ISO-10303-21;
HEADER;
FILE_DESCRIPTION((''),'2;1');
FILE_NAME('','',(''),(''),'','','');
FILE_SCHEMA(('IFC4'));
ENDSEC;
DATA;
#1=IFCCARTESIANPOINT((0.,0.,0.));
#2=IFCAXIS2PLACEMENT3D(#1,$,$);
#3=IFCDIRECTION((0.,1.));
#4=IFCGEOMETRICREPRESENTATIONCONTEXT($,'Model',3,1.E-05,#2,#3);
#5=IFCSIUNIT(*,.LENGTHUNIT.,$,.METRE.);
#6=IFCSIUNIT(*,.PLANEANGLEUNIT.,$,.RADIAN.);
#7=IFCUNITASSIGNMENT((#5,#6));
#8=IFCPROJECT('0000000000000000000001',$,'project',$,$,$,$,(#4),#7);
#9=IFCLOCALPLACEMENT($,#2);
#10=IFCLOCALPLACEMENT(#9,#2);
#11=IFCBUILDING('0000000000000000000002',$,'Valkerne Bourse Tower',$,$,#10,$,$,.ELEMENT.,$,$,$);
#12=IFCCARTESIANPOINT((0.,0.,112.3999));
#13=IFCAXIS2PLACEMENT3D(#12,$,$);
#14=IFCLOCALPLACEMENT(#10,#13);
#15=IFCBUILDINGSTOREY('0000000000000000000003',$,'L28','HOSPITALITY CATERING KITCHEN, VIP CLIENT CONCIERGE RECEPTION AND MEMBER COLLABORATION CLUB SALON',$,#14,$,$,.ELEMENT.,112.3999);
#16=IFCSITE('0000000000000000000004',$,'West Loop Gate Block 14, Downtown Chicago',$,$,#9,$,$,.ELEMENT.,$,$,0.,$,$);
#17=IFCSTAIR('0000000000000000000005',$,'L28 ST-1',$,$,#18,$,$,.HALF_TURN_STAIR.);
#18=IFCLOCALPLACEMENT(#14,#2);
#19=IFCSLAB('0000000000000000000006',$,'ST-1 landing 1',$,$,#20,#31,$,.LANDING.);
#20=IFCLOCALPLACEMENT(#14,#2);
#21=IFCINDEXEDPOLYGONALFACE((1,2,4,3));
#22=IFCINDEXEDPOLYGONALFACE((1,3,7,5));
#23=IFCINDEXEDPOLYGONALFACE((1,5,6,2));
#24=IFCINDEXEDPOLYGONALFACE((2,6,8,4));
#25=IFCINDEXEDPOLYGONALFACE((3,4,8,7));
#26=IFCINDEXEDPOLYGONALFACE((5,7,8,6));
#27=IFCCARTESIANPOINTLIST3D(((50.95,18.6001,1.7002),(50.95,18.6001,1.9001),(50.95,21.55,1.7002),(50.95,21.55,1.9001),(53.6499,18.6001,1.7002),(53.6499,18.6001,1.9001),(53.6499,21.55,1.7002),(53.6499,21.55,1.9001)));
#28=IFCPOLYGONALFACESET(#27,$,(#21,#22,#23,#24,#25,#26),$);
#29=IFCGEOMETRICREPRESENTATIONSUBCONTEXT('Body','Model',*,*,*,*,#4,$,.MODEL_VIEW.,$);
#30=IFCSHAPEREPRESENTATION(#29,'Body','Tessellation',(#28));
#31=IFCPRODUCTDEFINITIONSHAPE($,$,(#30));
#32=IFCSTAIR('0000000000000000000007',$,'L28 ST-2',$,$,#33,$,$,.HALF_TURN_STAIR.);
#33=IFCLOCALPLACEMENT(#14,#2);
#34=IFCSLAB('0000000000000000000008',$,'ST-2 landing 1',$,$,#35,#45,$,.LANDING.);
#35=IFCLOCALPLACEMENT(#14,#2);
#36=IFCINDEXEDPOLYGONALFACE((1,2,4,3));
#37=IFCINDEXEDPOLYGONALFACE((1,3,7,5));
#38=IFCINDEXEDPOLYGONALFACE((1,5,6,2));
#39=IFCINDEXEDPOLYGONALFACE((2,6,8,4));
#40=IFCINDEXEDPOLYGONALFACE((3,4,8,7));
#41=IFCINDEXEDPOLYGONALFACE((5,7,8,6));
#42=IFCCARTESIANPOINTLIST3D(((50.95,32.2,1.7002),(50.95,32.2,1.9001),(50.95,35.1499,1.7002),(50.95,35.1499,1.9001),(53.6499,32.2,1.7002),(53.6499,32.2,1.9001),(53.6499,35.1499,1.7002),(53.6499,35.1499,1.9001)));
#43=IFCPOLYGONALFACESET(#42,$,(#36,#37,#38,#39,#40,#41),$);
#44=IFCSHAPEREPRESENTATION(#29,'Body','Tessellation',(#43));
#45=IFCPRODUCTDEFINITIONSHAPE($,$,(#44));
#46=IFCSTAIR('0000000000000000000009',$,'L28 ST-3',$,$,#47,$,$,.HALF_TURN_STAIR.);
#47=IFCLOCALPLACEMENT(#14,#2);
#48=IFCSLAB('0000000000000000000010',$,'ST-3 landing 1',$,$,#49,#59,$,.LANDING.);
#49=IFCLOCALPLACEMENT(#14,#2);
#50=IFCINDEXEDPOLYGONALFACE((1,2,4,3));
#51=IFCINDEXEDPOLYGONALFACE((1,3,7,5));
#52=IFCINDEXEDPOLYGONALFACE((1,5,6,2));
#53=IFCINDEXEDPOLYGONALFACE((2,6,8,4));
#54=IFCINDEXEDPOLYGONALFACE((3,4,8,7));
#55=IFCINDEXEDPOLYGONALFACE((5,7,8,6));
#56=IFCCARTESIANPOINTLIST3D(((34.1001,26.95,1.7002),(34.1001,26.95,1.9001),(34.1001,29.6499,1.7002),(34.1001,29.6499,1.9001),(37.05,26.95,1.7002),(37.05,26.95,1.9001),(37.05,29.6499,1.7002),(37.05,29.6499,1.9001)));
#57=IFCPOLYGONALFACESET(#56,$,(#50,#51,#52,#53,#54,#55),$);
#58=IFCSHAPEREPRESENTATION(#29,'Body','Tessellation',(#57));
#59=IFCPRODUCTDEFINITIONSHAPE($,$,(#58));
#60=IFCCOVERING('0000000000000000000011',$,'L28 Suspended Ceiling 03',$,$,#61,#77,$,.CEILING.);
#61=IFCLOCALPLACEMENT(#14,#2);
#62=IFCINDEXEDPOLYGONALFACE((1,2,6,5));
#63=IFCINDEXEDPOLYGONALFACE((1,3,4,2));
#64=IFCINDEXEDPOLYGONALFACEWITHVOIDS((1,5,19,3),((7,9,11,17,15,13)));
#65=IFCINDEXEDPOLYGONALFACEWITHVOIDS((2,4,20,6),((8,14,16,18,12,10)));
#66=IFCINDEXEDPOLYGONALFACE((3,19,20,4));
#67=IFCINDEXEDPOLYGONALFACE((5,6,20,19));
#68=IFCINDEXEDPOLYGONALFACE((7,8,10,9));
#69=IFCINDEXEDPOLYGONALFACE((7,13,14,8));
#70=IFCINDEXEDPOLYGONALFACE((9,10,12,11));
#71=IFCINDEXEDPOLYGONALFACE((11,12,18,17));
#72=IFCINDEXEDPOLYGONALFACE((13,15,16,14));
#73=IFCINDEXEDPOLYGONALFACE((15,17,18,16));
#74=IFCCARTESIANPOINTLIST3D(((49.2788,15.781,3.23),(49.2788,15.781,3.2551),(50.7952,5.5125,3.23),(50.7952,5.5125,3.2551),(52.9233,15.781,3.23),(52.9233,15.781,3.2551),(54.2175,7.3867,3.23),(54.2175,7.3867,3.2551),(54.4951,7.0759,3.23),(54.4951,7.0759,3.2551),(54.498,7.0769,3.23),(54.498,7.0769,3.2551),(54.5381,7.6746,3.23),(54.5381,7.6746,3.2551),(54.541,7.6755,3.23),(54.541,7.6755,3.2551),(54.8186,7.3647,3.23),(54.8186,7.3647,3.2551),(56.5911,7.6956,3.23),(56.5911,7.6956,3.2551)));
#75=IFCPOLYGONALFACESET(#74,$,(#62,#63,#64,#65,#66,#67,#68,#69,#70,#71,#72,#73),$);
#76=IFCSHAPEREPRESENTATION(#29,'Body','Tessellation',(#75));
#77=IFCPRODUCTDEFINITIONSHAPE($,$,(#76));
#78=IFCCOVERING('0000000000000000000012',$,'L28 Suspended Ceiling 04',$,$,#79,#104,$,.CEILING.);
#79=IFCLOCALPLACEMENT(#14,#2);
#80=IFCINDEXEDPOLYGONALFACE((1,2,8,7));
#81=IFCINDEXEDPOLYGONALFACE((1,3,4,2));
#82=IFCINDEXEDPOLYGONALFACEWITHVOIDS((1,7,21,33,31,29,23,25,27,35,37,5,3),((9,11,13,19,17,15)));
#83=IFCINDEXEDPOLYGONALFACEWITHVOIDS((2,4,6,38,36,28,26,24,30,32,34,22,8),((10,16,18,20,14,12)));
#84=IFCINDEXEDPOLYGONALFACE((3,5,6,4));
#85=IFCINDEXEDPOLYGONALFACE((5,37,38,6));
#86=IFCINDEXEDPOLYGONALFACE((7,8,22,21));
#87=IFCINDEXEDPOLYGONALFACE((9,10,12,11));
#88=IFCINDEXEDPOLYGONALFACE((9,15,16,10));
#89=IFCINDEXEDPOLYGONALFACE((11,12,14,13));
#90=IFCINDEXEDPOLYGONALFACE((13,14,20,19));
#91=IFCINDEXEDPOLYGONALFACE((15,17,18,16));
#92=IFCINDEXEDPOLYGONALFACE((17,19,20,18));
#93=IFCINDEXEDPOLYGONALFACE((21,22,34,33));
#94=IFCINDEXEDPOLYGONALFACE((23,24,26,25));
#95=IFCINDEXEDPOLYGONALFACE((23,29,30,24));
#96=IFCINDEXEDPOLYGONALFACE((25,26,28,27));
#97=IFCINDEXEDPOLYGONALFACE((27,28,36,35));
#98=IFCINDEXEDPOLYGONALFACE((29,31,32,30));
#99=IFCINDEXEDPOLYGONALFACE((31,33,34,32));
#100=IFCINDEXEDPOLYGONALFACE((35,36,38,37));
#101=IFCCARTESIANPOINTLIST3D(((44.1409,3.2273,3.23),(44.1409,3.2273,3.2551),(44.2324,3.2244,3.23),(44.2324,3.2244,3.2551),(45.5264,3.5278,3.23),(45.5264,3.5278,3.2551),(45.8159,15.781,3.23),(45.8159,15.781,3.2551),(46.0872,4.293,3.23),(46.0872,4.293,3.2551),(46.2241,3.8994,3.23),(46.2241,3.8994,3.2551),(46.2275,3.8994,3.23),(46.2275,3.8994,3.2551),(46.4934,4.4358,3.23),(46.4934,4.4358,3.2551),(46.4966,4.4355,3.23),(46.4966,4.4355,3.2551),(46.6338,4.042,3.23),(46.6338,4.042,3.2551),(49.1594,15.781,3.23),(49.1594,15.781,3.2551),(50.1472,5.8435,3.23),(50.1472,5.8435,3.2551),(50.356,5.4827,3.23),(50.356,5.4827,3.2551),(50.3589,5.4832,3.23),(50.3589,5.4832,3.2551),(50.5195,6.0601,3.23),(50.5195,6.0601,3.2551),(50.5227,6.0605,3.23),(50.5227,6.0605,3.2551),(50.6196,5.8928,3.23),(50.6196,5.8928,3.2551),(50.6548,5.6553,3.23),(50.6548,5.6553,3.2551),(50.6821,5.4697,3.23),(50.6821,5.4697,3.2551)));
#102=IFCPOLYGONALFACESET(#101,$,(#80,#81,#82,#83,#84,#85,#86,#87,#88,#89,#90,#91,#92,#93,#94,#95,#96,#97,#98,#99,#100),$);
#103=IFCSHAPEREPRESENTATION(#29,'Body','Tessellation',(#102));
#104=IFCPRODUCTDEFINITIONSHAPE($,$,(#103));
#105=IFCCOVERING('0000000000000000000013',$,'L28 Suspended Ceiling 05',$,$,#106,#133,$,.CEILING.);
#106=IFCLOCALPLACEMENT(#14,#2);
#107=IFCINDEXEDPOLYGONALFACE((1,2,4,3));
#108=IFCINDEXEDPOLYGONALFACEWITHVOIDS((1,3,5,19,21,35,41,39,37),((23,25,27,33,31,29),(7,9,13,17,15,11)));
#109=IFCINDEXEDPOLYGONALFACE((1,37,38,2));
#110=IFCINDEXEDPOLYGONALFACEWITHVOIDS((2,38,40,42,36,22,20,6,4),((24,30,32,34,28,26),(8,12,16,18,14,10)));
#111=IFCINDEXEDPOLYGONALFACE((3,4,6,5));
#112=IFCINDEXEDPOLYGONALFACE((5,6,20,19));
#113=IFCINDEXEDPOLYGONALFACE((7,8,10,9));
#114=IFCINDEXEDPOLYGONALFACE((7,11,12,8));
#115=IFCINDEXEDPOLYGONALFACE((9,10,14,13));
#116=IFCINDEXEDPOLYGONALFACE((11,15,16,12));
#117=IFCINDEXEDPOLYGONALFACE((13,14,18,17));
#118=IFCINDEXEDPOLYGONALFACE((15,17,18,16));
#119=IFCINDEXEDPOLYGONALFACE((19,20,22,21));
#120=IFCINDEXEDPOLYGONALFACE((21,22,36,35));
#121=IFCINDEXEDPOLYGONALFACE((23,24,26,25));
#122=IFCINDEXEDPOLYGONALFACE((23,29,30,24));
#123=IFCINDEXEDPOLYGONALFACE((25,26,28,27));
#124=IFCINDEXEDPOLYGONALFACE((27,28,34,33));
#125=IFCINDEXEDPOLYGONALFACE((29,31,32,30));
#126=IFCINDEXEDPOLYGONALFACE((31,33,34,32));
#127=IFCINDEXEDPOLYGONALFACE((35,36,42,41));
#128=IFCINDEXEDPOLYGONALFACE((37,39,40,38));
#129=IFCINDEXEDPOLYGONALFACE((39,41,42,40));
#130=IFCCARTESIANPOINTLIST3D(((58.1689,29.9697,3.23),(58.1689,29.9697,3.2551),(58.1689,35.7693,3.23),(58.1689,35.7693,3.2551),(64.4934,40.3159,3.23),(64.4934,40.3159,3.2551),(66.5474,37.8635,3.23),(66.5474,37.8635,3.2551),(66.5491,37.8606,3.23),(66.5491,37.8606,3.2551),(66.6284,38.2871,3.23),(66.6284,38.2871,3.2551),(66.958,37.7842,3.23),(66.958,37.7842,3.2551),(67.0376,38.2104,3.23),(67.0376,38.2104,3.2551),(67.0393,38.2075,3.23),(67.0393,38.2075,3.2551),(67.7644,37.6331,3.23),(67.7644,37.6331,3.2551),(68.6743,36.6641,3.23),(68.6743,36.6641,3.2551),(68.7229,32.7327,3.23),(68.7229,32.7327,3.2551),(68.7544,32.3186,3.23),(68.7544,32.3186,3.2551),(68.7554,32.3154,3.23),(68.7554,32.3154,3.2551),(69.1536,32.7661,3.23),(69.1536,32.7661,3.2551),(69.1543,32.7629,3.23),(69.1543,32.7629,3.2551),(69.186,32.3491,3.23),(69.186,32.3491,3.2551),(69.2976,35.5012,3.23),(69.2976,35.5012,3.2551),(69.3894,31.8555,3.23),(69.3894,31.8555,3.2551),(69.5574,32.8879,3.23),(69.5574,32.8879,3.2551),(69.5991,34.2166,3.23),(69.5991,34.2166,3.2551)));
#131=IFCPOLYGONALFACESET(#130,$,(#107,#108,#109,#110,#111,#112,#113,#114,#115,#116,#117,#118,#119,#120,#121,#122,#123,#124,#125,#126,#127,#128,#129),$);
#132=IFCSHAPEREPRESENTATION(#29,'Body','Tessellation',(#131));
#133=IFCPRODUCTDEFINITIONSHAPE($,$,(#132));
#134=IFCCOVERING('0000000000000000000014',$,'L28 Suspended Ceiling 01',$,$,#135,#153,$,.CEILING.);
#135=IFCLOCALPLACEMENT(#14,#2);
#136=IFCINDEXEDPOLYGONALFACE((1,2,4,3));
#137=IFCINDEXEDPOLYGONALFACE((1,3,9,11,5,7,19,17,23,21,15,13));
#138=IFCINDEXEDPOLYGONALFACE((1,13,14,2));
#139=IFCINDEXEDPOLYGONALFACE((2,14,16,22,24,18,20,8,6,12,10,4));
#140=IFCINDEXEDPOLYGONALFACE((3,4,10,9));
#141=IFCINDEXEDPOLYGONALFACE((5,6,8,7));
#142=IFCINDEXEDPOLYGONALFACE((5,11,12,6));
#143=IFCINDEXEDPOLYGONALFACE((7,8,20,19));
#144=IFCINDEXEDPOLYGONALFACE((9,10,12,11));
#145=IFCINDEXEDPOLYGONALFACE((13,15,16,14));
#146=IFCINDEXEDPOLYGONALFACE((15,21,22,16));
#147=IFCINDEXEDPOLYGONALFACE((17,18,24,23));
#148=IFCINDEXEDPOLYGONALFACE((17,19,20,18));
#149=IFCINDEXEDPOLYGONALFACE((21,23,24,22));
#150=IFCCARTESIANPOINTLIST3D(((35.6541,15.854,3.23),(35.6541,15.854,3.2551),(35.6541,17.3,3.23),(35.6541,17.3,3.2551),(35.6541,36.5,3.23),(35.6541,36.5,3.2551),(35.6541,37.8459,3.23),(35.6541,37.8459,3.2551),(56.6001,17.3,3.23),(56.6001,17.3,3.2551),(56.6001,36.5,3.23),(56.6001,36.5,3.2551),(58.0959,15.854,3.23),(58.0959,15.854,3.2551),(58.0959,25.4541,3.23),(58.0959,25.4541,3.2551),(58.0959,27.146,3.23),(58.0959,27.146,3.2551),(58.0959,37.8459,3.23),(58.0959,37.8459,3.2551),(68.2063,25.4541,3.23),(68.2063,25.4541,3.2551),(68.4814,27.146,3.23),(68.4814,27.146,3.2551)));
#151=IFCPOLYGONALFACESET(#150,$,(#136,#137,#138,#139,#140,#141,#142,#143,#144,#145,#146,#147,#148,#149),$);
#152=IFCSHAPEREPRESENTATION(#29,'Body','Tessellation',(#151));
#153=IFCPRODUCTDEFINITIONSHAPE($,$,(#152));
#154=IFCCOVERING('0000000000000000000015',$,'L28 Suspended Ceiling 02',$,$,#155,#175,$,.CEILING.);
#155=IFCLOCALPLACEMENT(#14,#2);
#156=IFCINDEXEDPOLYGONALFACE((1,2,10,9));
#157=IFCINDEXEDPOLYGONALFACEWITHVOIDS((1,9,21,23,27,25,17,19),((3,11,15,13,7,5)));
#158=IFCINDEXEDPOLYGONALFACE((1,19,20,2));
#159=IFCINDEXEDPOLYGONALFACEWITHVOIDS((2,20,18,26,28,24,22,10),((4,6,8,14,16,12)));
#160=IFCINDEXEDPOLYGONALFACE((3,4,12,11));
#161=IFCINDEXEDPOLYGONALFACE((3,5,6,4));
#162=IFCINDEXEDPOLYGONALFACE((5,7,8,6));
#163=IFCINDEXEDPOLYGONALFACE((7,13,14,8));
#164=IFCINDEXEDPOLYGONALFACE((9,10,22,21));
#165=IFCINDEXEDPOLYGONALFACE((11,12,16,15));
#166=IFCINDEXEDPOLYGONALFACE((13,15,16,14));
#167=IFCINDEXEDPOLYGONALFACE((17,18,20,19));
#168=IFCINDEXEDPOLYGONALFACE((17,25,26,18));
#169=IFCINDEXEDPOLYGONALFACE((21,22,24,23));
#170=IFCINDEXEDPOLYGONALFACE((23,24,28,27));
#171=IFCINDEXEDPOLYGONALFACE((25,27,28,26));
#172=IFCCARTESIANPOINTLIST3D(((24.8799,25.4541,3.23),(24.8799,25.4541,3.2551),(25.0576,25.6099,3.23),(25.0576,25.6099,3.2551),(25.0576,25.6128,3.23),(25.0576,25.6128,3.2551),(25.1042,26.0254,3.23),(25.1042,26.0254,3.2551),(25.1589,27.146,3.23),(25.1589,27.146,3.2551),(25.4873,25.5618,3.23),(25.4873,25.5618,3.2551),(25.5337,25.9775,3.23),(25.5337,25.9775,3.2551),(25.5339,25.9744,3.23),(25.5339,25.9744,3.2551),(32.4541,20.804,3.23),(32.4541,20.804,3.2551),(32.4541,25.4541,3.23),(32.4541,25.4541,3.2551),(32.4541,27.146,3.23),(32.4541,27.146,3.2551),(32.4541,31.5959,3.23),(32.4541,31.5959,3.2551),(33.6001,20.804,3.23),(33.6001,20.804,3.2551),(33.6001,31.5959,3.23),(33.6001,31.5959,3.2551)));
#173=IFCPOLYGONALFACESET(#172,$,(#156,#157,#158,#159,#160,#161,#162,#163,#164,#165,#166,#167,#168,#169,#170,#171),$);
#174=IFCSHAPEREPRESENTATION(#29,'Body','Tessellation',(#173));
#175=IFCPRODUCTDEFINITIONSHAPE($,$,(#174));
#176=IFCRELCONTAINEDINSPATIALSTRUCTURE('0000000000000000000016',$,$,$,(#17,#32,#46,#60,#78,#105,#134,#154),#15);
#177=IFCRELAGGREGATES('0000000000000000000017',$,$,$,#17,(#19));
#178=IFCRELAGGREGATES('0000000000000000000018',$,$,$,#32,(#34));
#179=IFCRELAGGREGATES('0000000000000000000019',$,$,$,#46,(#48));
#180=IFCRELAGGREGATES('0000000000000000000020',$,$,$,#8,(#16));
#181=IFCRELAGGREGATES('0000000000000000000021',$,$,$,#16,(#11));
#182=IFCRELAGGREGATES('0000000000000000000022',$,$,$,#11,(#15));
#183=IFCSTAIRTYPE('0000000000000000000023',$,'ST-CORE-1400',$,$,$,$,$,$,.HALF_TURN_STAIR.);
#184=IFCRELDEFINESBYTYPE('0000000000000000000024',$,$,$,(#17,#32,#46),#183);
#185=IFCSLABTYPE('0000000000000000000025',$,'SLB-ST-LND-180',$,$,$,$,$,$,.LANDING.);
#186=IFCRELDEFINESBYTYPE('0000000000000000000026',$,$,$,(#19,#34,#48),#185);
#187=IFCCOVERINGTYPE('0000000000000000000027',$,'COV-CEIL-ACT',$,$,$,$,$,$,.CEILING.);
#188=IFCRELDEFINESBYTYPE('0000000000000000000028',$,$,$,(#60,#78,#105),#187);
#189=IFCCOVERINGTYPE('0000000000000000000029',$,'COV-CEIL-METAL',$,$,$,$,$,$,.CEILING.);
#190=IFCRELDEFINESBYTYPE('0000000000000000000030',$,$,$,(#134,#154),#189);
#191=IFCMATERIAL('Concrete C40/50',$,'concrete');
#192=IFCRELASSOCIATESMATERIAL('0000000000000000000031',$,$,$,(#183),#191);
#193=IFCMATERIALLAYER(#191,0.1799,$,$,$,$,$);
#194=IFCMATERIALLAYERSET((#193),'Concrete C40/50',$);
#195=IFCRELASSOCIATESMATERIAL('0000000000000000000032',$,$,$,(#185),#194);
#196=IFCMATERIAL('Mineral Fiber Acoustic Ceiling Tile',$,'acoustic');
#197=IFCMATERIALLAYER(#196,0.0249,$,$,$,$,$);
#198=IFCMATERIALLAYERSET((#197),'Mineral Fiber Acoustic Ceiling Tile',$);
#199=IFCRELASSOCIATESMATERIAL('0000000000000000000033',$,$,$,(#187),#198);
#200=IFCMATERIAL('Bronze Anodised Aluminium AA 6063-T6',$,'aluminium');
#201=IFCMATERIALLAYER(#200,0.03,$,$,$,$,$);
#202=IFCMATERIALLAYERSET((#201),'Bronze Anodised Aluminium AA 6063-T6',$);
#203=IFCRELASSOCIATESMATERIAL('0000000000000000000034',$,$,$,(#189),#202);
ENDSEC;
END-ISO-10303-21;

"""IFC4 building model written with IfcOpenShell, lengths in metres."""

from ifc_helpers import new_model, si_unit, direction, frame, origin, place, context, subcontext, project, spatial, polyline, outline, extrude, material, layer, layer_set, type_object, element, aggregate, save


model = new_model("IFC4")

# Units and contexts
model_context = context("Model", 3, precision=1e-05, world=origin(), true_north=direction((0.0, 1.0)))
body_context = subcontext(model_context, "Body", "Model", "MODEL_VIEW")
ifc_project = project(units=[si_unit("LENGTHUNIT", "METRE"), si_unit("PLANEANGLEUNIT", "RADIAN")], contexts=[model_context])

# Site, building, storey
site_placement = place(None, origin())
site = spatial("IfcSite", under=ifc_project, at=site_placement, Name="West Loop Gate Block 14, Downtown Chicago", CompositionType="ELEMENT", RefElevation=0.0)
building_placement = place(site_placement, origin())
building = spatial("IfcBuilding", under=site, at=building_placement, Name="Valkerne Bourse Tower", CompositionType="ELEMENT")
storey_placement = place(building_placement, frame((0.0, 0.0, 112.3999)))
storey = spatial("IfcBuildingStorey", under=building, at=storey_placement, Name="L28", Description="HOSPITALITY CATERING KITCHEN, VIP CLIENT CONCIERGE RECEPTION AND MEMBER COLLABORATION CLUB SALON", CompositionType="ELEMENT", Elevation=112.3999)

# Stairs, slabs
ifc_material_1 = material(Name="Concrete C40/50", Category="concrete")
stair_type = type_object("IfcStairType", Name="ST-CORE-1400", PredefinedType="HALF_TURN_STAIR", material=ifc_material_1)
stair_1_placement = place(storey_placement, origin())
stair_1 = element("IfcStair", 1, at=stair_1_placement, inside=storey, type_object=stair_type, Name="L28 ST-1", PredefinedType="HALF_TURN_STAIR")
ifc_layer_1 = layer(ifc_material_1, 0.1799)
ifc_layer_set_1 = layer_set([ifc_layer_1], Name="Concrete C40/50")
slab_type = type_object("IfcSlabType", Name="SLB-ST-LND-180", PredefinedType="LANDING", material=ifc_layer_set_1)
slab_1_placement = place(storey_placement, frame((0.0, 0.0, 1.7002)))
slab_1 = element("IfcSlab", 2, at=slab_1_placement, type_object=slab_type, Name="ST-1 landing 1", PredefinedType="LANDING", context=body_context, shape_type="SweptSolid", body=[
    extrude(outline(polyline([(50.95, 18.6001), (53.6499, 18.6001), (53.6499, 21.55), (50.95, 21.55), (50.95, 18.6001)])), origin(), (0.0, 0.0, 1.0), 0.2),
])
aggregate(stair_1, [slab_1])
stair_2_placement = place(storey_placement, origin())
stair_2 = element("IfcStair", 3, at=stair_2_placement, inside=storey, type_object=stair_type, Name="L28 ST-2", PredefinedType="HALF_TURN_STAIR")
slab_2_placement = place(storey_placement, frame((0.0, 0.0, 1.7002)))
slab_2 = element("IfcSlab", 4, at=slab_2_placement, type_object=slab_type, Name="ST-2 landing 1", PredefinedType="LANDING", context=body_context, shape_type="SweptSolid", body=[
    extrude(outline(polyline([(50.95, 32.2), (53.6499, 32.2), (53.6499, 35.1499), (50.95, 35.1499), (50.95, 32.2)])), origin(), (0.0, 0.0, 1.0), 0.2),
])
aggregate(stair_2, [slab_2])
stair_3_placement = place(storey_placement, origin())
stair_3 = element("IfcStair", 5, at=stair_3_placement, inside=storey, type_object=stair_type, Name="L28 ST-3", PredefinedType="HALF_TURN_STAIR")
slab_3_placement = place(storey_placement, frame((0.0, 0.0, 1.7002)))
slab_3 = element("IfcSlab", 6, at=slab_3_placement, type_object=slab_type, Name="ST-3 landing 1", PredefinedType="LANDING", context=body_context, shape_type="SweptSolid", body=[
    extrude(outline(polyline([(37.05, 26.95), (37.05, 29.6499), (34.1001, 29.6499), (34.1001, 26.95), (37.05, 26.95)])), origin(), (0.0, 0.0, 1.0), 0.2),
])
aggregate(stair_3, [slab_3])

# Coverings
ifc_material_2 = material(Name="Mineral Fiber Acoustic Ceiling Tile", Category="acoustic")
ifc_layer_2 = layer(ifc_material_2, 0.0249)
ifc_layer_set_2 = layer_set([ifc_layer_2], Name="Mineral Fiber Acoustic Ceiling Tile")
covering_type_1 = type_object("IfcCoveringType", Name="COV-CEIL-ACT", PredefinedType="CEILING", material=ifc_layer_set_2)
covering_1_placement = place(storey_placement, frame((0.0, 0.0, 3.23)))
element("IfcCovering", 7, at=covering_1_placement, inside=storey, type_object=covering_type_1, Name="L28 Suspended Ceiling 03", PredefinedType="CEILING", context=body_context, shape_type="SweptSolid", body=[
    extrude(outline(polyline([(52.9233, 15.781), (56.5911, 7.6956), (50.7952, 5.5125), (49.2788, 15.781), (52.9233, 15.781)]), holes=[polyline([(54.8186, 7.3647), (54.541, 7.6755), (54.5381, 7.6746), (54.2175, 7.3867), (54.4951, 7.0759), (54.498, 7.0769), (54.8186, 7.3647)])]), origin(), (0.0, 0.0, 1.0), 0.0251),
])
covering_2_placement = place(storey_placement, frame((0.0, 0.0, 3.23)))
element("IfcCovering", 8, at=covering_2_placement, inside=storey, type_object=covering_type_1, Name="L28 Suspended Ceiling 04", PredefinedType="CEILING", context=body_context, shape_type="SweptSolid", body=[
    extrude(outline(polyline([(44.1409, 3.2273), (45.8159, 15.781), (49.1594, 15.781), (50.6196, 5.8928), (50.5227, 6.0605), (50.5195, 6.0601), (50.1472, 5.8435), (50.356, 5.4827), (50.3589, 5.4832), (50.6548, 5.6553), (50.6821, 5.4697), (45.5264, 3.5278), (44.2324, 3.2244), (44.1409, 3.2273)]), holes=[polyline([(46.6338, 4.042), (46.4966, 4.4355), (46.4934, 4.4358), (46.0872, 4.293), (46.2241, 3.8994), (46.2275, 3.8994), (46.6338, 4.042)])]), origin(), (0.0, 0.0, 1.0), 0.0251),
])
covering_3_placement = place(storey_placement, frame((0.0, 0.0, 3.23)))
element("IfcCovering", 9, at=covering_3_placement, inside=storey, type_object=covering_type_1, Name="L28 Suspended Ceiling 05", PredefinedType="CEILING", context=body_context, shape_type="SweptSolid", body=[
    extrude(outline(polyline([(69.2976, 35.5012), (69.5991, 34.2166), (69.5574, 32.8879), (69.3894, 31.8555), (58.1689, 29.9697), (58.1689, 35.7693), (64.4934, 40.3159), (67.7644, 37.6331), (68.6743, 36.6641), (69.2976, 35.5012)]), holes=[polyline([(69.1543, 32.7629), (69.1536, 32.7661), (68.7229, 32.7327), (68.7544, 32.3186), (68.7554, 32.3154), (69.186, 32.3491), (69.1543, 32.7629)]), polyline([(67.0393, 38.2075), (67.0376, 38.2104), (66.6284, 38.2871), (66.5474, 37.8635), (66.5491, 37.8606), (66.958, 37.7842), (67.0393, 38.2075)])]), origin(), (0.0, 0.0, 1.0), 0.0251),
])
ifc_material_3 = material(Name="Bronze Anodised Aluminium AA 6063-T6", Category="aluminium")
ifc_layer_3 = layer(ifc_material_3, 0.03)
ifc_layer_set_3 = layer_set([ifc_layer_3], Name="Bronze Anodised Aluminium AA 6063-T6")
covering_type_2 = type_object("IfcCoveringType", Name="COV-CEIL-METAL", PredefinedType="CEILING", material=ifc_layer_set_3)
covering_4_placement = place(storey_placement, frame((0.0, 0.0, 3.23)))
element("IfcCovering", 10, at=covering_4_placement, inside=storey, type_object=covering_type_2, Name="L28 Suspended Ceiling 01", PredefinedType="CEILING", context=body_context, shape_type="SweptSolid", body=[
    extrude(outline(polyline([(68.4814, 27.146), (68.2063, 25.4541), (58.0959, 25.4541), (58.0959, 15.854), (35.6541, 15.854), (35.6541, 17.3), (56.6001, 17.3), (56.6001, 36.5), (35.6541, 36.5), (35.6541, 37.8459), (58.0959, 37.8459), (58.0959, 27.146), (68.4814, 27.146)])), origin(), (0.0, 0.0, 1.0), 0.0251),
])
covering_5_placement = place(storey_placement, frame((0.0, 0.0, 3.23)))
element("IfcCovering", 11, at=covering_5_placement, inside=storey, type_object=covering_type_2, Name="L28 Suspended Ceiling 02", PredefinedType="CEILING", context=body_context, shape_type="SweptSolid", body=[
    extrude(outline(polyline([(32.4541, 20.804), (32.4541, 25.4541), (24.8799, 25.4541), (25.1589, 27.146), (32.4541, 27.146), (32.4541, 31.5959), (33.6001, 31.5959), (33.6001, 20.804), (32.4541, 20.804)]), holes=[polyline([(25.5337, 25.9775), (25.1042, 26.0254), (25.0576, 25.6128), (25.0576, 25.6099), (25.4873, 25.5618), (25.5339, 25.9744), (25.5337, 25.9775)])]), origin(), (0.0, 0.0, 1.0), 0.0251),
])

save(model, "model.ifc")
